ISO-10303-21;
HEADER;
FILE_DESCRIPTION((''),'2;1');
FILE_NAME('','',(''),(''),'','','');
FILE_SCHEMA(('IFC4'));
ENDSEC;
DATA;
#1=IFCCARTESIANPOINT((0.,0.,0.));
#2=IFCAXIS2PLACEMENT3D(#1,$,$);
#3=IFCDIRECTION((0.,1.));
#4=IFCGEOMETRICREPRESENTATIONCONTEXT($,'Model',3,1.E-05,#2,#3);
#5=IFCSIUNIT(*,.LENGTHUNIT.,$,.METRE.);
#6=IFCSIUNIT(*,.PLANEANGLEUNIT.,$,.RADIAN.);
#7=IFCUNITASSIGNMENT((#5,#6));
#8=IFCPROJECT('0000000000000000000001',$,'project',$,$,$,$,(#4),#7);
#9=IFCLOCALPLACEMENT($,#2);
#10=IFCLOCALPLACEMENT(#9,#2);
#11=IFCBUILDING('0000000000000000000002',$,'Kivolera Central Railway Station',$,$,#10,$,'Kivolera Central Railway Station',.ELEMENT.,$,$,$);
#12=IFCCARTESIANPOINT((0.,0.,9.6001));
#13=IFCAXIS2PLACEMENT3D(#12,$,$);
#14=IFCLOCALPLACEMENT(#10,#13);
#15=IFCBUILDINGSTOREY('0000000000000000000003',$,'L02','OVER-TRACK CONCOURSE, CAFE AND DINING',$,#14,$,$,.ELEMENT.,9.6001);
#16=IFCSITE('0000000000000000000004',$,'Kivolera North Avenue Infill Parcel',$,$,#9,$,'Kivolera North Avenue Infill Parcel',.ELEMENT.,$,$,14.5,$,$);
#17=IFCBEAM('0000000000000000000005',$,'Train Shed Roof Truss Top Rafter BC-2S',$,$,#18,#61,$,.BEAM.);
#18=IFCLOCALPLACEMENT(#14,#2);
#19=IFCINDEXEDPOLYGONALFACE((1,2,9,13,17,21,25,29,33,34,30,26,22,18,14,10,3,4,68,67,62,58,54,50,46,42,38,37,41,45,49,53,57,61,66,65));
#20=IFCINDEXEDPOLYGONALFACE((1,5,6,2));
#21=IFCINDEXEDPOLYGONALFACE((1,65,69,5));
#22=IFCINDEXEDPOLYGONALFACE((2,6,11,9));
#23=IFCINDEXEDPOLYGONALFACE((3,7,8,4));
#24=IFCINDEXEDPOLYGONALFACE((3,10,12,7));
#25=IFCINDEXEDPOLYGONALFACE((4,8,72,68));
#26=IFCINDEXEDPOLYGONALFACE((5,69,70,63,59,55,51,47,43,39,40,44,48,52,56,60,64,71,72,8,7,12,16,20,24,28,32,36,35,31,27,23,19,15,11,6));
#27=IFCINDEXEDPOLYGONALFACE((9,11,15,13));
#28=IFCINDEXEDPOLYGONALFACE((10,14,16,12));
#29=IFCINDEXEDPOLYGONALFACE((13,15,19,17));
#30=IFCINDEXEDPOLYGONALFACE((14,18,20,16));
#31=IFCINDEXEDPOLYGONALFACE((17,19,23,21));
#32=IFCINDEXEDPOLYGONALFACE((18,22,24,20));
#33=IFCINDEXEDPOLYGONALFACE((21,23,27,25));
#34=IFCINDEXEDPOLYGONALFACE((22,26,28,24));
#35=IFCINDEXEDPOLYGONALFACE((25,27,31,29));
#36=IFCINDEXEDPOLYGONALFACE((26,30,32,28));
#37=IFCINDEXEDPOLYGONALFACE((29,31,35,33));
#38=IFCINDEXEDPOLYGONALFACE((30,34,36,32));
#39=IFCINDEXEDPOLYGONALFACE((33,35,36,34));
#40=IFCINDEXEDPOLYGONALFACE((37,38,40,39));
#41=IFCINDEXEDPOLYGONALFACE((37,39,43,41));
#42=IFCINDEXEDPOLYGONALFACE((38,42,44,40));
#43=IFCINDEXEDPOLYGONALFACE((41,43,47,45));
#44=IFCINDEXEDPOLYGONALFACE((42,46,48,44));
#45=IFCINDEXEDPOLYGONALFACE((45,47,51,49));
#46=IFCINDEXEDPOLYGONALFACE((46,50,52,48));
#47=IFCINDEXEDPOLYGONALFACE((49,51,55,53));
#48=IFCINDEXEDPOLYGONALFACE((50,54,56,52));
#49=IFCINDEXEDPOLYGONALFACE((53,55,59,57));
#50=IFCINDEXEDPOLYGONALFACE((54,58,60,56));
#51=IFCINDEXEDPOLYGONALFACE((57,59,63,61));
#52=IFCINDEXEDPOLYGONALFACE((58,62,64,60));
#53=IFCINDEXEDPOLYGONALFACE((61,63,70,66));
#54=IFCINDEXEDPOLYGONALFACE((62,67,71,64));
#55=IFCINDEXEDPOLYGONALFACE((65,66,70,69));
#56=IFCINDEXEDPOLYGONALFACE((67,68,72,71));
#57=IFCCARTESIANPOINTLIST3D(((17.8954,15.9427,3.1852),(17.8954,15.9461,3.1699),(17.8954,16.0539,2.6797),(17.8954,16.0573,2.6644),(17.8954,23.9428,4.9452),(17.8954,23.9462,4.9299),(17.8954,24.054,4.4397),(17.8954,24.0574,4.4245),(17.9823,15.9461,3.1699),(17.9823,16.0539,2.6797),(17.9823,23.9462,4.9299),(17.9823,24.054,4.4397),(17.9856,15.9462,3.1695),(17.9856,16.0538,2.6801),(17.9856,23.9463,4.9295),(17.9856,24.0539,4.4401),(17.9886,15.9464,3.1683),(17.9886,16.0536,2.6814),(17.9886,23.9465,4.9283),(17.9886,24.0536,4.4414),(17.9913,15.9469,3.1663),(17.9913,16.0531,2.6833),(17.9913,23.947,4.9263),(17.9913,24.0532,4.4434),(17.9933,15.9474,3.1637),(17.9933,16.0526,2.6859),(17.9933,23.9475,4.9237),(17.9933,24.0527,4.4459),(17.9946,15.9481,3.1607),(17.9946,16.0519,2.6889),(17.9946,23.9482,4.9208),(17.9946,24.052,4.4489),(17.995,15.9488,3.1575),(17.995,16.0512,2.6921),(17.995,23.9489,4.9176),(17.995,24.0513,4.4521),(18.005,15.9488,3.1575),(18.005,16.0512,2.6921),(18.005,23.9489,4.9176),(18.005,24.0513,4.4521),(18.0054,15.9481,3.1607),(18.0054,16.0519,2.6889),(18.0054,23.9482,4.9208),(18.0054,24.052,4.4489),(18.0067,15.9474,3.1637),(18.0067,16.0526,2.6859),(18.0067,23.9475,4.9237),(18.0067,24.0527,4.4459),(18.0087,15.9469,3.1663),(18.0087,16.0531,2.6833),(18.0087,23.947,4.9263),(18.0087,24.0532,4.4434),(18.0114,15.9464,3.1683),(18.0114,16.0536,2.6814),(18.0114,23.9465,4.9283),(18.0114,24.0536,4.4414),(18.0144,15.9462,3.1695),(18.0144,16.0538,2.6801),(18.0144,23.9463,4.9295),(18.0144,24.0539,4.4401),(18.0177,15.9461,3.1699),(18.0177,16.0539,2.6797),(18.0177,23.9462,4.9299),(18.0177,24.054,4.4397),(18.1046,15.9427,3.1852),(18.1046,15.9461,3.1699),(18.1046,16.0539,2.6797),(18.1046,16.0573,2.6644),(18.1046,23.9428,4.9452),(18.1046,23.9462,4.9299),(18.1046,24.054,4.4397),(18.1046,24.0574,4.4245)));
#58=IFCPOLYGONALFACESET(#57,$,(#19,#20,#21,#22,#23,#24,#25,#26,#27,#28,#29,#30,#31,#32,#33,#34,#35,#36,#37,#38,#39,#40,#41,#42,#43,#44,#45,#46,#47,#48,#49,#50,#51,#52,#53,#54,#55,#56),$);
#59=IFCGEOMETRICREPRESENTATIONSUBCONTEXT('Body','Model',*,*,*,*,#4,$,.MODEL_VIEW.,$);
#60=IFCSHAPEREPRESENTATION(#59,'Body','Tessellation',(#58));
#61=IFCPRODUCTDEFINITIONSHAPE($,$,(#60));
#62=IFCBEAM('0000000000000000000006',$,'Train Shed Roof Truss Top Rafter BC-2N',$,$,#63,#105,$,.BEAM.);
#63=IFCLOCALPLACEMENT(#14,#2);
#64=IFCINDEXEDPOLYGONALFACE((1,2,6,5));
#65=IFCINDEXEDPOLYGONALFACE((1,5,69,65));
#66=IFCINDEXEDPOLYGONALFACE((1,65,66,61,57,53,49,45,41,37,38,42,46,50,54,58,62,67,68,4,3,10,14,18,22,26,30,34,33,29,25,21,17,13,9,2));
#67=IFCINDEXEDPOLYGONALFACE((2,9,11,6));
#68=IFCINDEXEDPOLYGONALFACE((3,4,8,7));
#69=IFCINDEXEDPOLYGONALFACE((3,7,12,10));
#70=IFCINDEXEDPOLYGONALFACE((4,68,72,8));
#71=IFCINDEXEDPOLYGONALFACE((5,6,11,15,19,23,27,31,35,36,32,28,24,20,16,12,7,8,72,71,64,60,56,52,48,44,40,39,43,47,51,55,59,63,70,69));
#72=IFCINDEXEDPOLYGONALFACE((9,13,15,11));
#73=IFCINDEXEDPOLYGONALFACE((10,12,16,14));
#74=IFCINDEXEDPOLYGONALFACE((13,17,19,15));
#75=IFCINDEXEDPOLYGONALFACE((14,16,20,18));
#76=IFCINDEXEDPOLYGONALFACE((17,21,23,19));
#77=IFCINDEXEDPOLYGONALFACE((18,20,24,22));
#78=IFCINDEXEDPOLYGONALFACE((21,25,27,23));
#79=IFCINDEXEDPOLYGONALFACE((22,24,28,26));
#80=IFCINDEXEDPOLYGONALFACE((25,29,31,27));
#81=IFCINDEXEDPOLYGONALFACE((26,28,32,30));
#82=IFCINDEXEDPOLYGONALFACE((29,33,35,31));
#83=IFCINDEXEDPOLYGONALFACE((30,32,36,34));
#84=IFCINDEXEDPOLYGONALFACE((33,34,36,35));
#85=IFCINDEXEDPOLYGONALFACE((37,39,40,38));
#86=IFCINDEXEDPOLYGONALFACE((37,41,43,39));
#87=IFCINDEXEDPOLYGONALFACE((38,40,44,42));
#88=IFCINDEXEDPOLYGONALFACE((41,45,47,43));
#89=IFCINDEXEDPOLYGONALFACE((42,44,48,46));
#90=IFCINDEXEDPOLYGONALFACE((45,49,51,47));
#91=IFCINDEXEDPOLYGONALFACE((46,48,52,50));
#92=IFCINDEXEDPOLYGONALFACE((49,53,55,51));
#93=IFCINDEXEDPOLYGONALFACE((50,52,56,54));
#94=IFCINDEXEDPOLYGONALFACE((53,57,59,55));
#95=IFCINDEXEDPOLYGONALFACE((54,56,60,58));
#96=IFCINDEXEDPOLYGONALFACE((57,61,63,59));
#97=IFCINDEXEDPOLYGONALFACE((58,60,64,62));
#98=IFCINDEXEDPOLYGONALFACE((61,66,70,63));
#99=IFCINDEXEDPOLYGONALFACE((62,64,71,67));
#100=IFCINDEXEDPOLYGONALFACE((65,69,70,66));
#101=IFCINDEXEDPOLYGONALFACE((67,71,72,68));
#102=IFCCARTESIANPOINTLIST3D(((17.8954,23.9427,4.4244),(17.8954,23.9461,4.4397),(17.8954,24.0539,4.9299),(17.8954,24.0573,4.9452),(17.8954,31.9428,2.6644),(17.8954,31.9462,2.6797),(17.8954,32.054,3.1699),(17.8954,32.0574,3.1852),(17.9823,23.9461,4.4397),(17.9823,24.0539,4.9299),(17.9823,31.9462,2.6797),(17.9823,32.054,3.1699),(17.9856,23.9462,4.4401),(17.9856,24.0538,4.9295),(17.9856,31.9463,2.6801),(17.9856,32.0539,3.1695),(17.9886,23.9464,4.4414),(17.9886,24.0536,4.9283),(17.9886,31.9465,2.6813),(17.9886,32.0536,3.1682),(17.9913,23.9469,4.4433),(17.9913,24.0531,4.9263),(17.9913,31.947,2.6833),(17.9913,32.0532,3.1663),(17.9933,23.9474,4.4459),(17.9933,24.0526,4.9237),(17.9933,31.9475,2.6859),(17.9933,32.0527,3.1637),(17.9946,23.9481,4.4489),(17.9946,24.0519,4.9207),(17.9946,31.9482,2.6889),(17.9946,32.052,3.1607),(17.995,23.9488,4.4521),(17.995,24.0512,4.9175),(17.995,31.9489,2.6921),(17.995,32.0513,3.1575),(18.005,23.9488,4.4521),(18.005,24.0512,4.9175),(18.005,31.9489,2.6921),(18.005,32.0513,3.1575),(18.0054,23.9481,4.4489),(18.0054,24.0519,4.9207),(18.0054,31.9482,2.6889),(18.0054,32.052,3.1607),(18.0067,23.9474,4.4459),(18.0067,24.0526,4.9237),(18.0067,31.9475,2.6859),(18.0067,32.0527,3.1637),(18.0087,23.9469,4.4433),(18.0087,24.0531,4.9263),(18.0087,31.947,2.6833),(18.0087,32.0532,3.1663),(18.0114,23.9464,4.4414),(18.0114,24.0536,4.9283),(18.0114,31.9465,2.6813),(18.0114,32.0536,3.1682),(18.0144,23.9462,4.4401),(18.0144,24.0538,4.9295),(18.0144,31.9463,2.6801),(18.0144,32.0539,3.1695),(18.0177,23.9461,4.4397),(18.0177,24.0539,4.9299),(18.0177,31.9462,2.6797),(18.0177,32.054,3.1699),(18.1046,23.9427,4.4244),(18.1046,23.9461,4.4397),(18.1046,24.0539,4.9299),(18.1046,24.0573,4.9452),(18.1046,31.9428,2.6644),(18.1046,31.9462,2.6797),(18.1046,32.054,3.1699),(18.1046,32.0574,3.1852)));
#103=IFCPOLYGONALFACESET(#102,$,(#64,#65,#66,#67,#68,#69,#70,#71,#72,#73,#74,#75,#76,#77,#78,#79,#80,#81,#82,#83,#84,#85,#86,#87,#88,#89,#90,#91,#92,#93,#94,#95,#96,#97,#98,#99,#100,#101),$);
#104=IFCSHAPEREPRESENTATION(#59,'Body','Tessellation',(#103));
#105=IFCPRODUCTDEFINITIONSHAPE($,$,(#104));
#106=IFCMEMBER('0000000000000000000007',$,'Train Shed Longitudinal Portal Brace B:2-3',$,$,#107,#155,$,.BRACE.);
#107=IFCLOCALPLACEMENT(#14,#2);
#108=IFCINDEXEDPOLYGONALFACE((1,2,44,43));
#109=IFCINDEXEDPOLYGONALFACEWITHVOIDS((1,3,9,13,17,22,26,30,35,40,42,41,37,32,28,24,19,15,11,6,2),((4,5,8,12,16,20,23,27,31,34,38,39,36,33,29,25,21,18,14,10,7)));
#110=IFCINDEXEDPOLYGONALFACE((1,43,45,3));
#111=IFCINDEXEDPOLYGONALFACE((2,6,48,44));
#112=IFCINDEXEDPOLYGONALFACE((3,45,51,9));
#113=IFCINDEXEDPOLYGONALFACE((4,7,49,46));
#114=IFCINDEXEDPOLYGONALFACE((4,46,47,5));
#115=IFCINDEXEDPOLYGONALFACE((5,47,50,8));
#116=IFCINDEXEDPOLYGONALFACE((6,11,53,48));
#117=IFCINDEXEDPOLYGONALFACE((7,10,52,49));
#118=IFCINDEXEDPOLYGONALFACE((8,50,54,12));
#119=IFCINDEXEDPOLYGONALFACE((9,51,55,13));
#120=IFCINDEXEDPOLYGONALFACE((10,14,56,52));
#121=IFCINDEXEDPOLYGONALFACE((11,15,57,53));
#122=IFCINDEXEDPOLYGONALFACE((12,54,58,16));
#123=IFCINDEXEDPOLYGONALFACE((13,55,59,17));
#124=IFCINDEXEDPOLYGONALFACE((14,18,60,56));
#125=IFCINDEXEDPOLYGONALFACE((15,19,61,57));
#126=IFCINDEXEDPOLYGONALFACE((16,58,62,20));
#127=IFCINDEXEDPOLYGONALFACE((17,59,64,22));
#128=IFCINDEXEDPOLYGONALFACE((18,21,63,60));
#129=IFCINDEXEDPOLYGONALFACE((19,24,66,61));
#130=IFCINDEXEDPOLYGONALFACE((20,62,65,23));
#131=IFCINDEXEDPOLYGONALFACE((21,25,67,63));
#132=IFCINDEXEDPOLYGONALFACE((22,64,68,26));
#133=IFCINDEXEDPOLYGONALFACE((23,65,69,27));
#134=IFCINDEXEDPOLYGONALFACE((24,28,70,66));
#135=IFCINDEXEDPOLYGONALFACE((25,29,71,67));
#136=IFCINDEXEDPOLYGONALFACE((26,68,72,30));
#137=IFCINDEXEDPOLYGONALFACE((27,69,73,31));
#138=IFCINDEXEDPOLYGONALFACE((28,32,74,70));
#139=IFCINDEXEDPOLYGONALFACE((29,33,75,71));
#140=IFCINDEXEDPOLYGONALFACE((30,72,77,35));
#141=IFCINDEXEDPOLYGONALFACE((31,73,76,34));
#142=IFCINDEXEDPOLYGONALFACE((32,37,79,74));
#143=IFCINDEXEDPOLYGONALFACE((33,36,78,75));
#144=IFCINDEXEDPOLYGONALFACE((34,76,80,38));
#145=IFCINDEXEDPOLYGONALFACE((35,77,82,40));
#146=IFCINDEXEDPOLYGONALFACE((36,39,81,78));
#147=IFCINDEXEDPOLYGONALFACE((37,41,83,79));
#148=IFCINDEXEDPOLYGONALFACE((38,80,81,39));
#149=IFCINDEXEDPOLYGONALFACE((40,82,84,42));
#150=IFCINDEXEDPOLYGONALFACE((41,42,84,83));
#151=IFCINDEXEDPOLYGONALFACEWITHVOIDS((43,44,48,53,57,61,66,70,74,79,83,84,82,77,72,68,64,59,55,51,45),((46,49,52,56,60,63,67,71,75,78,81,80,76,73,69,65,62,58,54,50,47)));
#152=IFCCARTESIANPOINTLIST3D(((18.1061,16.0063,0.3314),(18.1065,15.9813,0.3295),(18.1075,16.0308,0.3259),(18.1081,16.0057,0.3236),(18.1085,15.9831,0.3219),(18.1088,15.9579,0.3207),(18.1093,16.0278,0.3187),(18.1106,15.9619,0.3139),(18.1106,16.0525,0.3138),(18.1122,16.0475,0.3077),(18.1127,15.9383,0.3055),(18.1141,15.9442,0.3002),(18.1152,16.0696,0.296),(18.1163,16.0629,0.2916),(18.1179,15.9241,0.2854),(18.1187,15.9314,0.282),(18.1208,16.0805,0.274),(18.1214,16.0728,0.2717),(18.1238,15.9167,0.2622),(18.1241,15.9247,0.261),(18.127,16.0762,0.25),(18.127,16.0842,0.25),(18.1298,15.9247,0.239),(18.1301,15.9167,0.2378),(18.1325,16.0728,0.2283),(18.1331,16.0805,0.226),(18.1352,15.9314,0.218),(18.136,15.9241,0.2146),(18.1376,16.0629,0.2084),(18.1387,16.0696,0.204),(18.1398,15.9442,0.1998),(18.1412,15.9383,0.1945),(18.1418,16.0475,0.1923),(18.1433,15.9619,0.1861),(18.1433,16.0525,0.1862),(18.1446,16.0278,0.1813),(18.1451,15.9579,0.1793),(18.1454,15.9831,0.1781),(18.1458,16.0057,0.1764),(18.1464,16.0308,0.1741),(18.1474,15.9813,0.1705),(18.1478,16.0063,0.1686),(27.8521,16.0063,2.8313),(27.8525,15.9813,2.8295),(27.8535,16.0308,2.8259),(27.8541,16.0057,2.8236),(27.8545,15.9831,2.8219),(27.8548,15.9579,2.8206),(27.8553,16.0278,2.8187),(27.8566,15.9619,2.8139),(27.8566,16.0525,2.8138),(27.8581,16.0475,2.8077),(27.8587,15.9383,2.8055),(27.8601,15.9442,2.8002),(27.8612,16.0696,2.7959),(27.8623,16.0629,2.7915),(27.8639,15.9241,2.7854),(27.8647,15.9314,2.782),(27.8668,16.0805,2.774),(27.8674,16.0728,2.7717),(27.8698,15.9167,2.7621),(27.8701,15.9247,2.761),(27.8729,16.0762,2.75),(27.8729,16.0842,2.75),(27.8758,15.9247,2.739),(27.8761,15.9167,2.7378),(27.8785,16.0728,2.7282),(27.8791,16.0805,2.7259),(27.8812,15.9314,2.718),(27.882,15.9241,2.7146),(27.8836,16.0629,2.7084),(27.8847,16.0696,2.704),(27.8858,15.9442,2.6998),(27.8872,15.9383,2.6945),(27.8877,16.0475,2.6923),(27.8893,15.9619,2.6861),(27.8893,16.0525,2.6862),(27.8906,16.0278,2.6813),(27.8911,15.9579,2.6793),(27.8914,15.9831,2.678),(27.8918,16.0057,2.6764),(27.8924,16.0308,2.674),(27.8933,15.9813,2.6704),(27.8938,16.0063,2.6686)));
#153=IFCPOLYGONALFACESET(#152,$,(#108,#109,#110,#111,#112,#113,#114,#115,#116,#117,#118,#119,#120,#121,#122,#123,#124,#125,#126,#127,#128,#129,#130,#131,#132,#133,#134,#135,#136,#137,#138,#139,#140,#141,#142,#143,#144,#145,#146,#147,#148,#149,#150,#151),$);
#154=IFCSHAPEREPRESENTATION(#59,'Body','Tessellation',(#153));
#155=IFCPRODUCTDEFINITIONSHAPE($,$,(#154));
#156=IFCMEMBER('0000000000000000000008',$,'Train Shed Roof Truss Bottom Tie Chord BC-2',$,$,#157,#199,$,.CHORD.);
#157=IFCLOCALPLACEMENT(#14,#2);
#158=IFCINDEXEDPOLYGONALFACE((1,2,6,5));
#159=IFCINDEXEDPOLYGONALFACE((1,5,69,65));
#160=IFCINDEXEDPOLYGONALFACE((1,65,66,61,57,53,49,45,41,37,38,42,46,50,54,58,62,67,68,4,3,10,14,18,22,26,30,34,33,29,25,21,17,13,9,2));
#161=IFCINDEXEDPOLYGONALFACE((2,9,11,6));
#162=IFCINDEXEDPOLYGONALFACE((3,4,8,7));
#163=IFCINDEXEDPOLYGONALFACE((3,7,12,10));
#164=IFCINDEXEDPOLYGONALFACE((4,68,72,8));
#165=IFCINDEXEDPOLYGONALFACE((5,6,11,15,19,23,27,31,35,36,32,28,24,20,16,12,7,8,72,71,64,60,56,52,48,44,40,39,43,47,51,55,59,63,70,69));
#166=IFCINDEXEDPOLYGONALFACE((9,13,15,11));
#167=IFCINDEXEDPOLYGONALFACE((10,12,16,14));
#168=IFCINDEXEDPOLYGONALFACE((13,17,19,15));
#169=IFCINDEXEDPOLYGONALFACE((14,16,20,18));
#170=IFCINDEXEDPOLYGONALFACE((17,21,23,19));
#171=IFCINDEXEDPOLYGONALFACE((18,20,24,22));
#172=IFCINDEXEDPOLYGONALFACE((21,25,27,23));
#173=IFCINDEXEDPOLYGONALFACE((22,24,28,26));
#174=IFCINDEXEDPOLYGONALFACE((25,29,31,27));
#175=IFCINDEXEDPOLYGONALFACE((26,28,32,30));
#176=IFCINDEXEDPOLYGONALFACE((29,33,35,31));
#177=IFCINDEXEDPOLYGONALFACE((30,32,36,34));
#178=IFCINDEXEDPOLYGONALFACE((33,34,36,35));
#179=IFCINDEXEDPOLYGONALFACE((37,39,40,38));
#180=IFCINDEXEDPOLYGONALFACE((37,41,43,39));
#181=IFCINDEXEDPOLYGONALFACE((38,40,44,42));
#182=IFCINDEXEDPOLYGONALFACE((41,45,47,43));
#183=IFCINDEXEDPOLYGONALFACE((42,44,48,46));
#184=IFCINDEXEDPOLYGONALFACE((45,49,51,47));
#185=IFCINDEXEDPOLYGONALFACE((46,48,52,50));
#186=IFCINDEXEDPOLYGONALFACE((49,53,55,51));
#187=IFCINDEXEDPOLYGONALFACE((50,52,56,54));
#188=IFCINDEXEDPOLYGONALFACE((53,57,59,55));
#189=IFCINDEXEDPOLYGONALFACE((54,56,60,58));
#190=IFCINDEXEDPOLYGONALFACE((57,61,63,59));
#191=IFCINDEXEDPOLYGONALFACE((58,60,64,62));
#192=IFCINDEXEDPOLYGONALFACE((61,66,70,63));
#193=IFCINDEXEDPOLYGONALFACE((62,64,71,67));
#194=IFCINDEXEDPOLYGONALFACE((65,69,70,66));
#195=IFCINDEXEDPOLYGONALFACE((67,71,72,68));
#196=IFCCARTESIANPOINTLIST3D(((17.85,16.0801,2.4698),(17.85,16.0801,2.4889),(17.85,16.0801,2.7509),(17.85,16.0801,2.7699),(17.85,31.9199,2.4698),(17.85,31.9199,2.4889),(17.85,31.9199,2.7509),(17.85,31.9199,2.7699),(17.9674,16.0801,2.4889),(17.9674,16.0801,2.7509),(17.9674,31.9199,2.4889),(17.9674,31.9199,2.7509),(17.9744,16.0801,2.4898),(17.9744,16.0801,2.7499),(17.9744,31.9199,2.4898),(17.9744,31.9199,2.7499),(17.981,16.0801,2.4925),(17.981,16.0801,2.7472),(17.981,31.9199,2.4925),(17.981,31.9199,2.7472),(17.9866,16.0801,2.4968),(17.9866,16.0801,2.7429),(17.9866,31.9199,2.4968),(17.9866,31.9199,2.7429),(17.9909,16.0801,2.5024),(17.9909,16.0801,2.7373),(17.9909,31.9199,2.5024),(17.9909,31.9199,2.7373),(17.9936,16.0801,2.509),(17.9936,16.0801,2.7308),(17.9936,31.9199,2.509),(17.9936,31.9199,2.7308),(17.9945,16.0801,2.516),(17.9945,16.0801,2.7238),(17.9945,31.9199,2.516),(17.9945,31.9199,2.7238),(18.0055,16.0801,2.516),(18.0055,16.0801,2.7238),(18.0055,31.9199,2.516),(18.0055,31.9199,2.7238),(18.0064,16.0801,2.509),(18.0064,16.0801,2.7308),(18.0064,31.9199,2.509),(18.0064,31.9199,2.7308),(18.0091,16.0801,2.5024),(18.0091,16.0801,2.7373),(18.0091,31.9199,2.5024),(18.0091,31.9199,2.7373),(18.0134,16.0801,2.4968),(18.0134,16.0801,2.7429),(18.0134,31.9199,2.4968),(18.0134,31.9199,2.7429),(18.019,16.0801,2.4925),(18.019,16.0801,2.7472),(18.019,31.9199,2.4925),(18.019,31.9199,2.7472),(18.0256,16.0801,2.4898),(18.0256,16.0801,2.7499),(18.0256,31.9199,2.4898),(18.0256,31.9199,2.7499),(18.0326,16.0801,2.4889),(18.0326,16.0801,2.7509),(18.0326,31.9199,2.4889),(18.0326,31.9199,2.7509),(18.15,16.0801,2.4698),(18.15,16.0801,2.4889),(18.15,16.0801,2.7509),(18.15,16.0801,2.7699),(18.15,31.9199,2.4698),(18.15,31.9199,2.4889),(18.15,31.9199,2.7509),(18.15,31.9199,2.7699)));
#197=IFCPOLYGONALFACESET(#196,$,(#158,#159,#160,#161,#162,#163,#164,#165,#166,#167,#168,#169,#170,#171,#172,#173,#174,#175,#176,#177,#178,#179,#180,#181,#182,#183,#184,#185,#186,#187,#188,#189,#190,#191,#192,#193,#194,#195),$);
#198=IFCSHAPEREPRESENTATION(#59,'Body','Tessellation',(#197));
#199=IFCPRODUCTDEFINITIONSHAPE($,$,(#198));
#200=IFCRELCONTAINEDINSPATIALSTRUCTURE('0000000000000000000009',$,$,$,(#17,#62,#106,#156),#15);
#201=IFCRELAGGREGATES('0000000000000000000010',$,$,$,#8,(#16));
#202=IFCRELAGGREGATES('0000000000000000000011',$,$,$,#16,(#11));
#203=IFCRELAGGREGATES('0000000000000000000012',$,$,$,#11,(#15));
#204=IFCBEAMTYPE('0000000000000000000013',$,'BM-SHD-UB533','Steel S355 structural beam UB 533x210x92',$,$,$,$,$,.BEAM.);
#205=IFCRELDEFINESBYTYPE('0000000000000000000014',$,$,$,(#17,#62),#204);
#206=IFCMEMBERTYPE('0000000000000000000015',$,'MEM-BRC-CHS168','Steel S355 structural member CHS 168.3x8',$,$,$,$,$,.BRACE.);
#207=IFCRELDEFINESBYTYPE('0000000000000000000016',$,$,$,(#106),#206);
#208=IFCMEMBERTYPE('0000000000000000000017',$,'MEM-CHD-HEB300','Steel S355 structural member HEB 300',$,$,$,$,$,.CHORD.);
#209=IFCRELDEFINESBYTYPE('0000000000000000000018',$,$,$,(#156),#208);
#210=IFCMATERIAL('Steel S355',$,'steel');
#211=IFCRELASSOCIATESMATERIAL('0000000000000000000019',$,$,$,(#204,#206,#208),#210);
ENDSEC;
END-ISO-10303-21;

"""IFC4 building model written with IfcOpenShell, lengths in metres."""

from ifc_helpers import new_model, si_unit, direction, frame, origin, origin_2d, place, context, subcontext, project, spatial, hollow_circle, i_section, extrude, material, material_profile, profile_set, type_object, element, save


model = new_model("IFC4")

# Units and contexts
model_context = context("Model", 3, precision=1e-05, world=origin(), true_north=direction((0.0, 1.0)))
body_context = subcontext(model_context, "Body", "Model", "MODEL_VIEW")
ifc_project = project(units=[si_unit("LENGTHUNIT", "METRE"), si_unit("PLANEANGLEUNIT", "RADIAN")], contexts=[model_context])

# Site, building, storey
site_placement = place(None, origin())
site = spatial("IfcSite", under=ifc_project, at=site_placement, Name="Kivolera North Avenue Infill Parcel", LongName="Kivolera North Avenue Infill Parcel", CompositionType="ELEMENT", RefElevation=14.5)
building_placement = place(site_placement, origin())
building = spatial("IfcBuilding", under=site, at=building_placement, Name="Kivolera Central Railway Station", LongName="Kivolera Central Railway Station", CompositionType="ELEMENT")
storey_placement = place(building_placement, frame((0.0, 0.0, 9.6001)))
storey = spatial("IfcBuildingStorey", under=building, at=storey_placement, Name="L02", Description="OVER-TRACK CONCOURSE, CAFE AND DINING", CompositionType="ELEMENT", Elevation=9.6001)

# Shared definitions
ifc_material_1 = material(Name="Steel S355", Category="steel")

# Beams
ifc_material_profile_1 = material_profile(ifc_material_1, i_section(OverallWidth=0.2092, OverallDepth=0.5332, WebThickness=0.01, FlangeThickness=0.0156, FilletRadius=0.0127, at=origin_2d()), Name="UB 533x210x92")
ifc_profile_set_1 = profile_set([ifc_material_profile_1], Name="Steel S355")
beam_type_1 = type_object("IfcBeamType", Name="BM-SHD-UB533", Description="Steel S355 structural beam UB 533x210x92", PredefinedType="BEAM", material=ifc_profile_set_1)
for number, where, z_axis, x_axis, name in (
    (1, (18.0, 16.0, 2.9248), (0.0, 0.976644, 0.214863), (-1.0, 0.0, 0.0), "Train Shed Roof Truss Top Rafter BC-2S"),
    (2, (18.0, 24.0, 4.6848), (0.0, 0.976644, -0.214863), (-1.0, 0.0, 0.0), "Train Shed Roof Truss Top Rafter BC-2N"),
):
    element("IfcBeam", number, at=place(storey_placement, frame(where, z_axis=z_axis, x_axis=x_axis)), inside=storey, type_object=beam_type_1, Name=name, PredefinedType="BEAM", context=body_context, shape_type="SweptSolid", body=[
        extrude(i_section(OverallWidth=0.2092, OverallDepth=0.5332, WebThickness=0.01, FlangeThickness=0.0156, FilletRadius=0.0127, at=origin_2d()), origin(), (0.0, 0.0, 1.0), 8.1914),
    ])

# Members
ifc_material_profile_2 = material_profile(ifc_material_1, hollow_circle(Radius=0.0842, WallThickness=0.0081, at=origin_2d()), Name="CHS 168.3x8")
ifc_profile_set_2 = profile_set([ifc_material_profile_2], Name="Steel S355")
member_type_1 = type_object("IfcMemberType", Name="MEM-BRC-CHS168", Description="Steel S355 structural member CHS 168.3x8", PredefinedType="BRACE", material=ifc_profile_set_2)
member_1_placement = place(storey_placement, frame((18.127, 16.0, 0.25), z_axis=(0.96864, 0.0, 0.248469), x_axis=(0.0, 1.0, 0.0)))
element("IfcMember", 3, at=member_1_placement, inside=storey, type_object=member_type_1, Name="Train Shed Longitudinal Portal Brace B:2-3", PredefinedType="BRACE", context=body_context, shape_type="SweptSolid", body=[
    extrude(hollow_circle(Radius=0.0842, WallThickness=0.0081, at=origin_2d()), origin(), (0.0, 0.0, 1.0), 10.0615),
])
ifc_material_profile_3 = material_profile(ifc_material_1, i_section(OverallWidth=0.3, OverallDepth=0.3, WebThickness=0.011, FlangeThickness=0.019, FilletRadius=0.0271, at=origin_2d()), Name="HEB 300")
ifc_profile_set_3 = profile_set([ifc_material_profile_3], Name="Steel S355")
member_type_2 = type_object("IfcMemberType", Name="MEM-CHD-HEB300", Description="Steel S355 structural member HEB 300", PredefinedType="CHORD", material=ifc_profile_set_3)
member_2_placement = place(storey_placement, frame((18.0, 16.0801, 2.6199), z_axis=(0.0, 1.0, 0.0), x_axis=(-1.0, 0.0, 0.0)))
element("IfcMember", 4, at=member_2_placement, inside=storey, type_object=member_type_2, Name="Train Shed Roof Truss Bottom Tie Chord BC-2", PredefinedType="CHORD", context=body_context, shape_type="SweptSolid", body=[
    extrude(i_section(OverallWidth=0.3, OverallDepth=0.3, WebThickness=0.011, FlangeThickness=0.019, FilletRadius=0.0271, at=origin_2d()), origin(), (0.0, 0.0, 1.0), 15.8398),
])

save(model, "model.ifc")
